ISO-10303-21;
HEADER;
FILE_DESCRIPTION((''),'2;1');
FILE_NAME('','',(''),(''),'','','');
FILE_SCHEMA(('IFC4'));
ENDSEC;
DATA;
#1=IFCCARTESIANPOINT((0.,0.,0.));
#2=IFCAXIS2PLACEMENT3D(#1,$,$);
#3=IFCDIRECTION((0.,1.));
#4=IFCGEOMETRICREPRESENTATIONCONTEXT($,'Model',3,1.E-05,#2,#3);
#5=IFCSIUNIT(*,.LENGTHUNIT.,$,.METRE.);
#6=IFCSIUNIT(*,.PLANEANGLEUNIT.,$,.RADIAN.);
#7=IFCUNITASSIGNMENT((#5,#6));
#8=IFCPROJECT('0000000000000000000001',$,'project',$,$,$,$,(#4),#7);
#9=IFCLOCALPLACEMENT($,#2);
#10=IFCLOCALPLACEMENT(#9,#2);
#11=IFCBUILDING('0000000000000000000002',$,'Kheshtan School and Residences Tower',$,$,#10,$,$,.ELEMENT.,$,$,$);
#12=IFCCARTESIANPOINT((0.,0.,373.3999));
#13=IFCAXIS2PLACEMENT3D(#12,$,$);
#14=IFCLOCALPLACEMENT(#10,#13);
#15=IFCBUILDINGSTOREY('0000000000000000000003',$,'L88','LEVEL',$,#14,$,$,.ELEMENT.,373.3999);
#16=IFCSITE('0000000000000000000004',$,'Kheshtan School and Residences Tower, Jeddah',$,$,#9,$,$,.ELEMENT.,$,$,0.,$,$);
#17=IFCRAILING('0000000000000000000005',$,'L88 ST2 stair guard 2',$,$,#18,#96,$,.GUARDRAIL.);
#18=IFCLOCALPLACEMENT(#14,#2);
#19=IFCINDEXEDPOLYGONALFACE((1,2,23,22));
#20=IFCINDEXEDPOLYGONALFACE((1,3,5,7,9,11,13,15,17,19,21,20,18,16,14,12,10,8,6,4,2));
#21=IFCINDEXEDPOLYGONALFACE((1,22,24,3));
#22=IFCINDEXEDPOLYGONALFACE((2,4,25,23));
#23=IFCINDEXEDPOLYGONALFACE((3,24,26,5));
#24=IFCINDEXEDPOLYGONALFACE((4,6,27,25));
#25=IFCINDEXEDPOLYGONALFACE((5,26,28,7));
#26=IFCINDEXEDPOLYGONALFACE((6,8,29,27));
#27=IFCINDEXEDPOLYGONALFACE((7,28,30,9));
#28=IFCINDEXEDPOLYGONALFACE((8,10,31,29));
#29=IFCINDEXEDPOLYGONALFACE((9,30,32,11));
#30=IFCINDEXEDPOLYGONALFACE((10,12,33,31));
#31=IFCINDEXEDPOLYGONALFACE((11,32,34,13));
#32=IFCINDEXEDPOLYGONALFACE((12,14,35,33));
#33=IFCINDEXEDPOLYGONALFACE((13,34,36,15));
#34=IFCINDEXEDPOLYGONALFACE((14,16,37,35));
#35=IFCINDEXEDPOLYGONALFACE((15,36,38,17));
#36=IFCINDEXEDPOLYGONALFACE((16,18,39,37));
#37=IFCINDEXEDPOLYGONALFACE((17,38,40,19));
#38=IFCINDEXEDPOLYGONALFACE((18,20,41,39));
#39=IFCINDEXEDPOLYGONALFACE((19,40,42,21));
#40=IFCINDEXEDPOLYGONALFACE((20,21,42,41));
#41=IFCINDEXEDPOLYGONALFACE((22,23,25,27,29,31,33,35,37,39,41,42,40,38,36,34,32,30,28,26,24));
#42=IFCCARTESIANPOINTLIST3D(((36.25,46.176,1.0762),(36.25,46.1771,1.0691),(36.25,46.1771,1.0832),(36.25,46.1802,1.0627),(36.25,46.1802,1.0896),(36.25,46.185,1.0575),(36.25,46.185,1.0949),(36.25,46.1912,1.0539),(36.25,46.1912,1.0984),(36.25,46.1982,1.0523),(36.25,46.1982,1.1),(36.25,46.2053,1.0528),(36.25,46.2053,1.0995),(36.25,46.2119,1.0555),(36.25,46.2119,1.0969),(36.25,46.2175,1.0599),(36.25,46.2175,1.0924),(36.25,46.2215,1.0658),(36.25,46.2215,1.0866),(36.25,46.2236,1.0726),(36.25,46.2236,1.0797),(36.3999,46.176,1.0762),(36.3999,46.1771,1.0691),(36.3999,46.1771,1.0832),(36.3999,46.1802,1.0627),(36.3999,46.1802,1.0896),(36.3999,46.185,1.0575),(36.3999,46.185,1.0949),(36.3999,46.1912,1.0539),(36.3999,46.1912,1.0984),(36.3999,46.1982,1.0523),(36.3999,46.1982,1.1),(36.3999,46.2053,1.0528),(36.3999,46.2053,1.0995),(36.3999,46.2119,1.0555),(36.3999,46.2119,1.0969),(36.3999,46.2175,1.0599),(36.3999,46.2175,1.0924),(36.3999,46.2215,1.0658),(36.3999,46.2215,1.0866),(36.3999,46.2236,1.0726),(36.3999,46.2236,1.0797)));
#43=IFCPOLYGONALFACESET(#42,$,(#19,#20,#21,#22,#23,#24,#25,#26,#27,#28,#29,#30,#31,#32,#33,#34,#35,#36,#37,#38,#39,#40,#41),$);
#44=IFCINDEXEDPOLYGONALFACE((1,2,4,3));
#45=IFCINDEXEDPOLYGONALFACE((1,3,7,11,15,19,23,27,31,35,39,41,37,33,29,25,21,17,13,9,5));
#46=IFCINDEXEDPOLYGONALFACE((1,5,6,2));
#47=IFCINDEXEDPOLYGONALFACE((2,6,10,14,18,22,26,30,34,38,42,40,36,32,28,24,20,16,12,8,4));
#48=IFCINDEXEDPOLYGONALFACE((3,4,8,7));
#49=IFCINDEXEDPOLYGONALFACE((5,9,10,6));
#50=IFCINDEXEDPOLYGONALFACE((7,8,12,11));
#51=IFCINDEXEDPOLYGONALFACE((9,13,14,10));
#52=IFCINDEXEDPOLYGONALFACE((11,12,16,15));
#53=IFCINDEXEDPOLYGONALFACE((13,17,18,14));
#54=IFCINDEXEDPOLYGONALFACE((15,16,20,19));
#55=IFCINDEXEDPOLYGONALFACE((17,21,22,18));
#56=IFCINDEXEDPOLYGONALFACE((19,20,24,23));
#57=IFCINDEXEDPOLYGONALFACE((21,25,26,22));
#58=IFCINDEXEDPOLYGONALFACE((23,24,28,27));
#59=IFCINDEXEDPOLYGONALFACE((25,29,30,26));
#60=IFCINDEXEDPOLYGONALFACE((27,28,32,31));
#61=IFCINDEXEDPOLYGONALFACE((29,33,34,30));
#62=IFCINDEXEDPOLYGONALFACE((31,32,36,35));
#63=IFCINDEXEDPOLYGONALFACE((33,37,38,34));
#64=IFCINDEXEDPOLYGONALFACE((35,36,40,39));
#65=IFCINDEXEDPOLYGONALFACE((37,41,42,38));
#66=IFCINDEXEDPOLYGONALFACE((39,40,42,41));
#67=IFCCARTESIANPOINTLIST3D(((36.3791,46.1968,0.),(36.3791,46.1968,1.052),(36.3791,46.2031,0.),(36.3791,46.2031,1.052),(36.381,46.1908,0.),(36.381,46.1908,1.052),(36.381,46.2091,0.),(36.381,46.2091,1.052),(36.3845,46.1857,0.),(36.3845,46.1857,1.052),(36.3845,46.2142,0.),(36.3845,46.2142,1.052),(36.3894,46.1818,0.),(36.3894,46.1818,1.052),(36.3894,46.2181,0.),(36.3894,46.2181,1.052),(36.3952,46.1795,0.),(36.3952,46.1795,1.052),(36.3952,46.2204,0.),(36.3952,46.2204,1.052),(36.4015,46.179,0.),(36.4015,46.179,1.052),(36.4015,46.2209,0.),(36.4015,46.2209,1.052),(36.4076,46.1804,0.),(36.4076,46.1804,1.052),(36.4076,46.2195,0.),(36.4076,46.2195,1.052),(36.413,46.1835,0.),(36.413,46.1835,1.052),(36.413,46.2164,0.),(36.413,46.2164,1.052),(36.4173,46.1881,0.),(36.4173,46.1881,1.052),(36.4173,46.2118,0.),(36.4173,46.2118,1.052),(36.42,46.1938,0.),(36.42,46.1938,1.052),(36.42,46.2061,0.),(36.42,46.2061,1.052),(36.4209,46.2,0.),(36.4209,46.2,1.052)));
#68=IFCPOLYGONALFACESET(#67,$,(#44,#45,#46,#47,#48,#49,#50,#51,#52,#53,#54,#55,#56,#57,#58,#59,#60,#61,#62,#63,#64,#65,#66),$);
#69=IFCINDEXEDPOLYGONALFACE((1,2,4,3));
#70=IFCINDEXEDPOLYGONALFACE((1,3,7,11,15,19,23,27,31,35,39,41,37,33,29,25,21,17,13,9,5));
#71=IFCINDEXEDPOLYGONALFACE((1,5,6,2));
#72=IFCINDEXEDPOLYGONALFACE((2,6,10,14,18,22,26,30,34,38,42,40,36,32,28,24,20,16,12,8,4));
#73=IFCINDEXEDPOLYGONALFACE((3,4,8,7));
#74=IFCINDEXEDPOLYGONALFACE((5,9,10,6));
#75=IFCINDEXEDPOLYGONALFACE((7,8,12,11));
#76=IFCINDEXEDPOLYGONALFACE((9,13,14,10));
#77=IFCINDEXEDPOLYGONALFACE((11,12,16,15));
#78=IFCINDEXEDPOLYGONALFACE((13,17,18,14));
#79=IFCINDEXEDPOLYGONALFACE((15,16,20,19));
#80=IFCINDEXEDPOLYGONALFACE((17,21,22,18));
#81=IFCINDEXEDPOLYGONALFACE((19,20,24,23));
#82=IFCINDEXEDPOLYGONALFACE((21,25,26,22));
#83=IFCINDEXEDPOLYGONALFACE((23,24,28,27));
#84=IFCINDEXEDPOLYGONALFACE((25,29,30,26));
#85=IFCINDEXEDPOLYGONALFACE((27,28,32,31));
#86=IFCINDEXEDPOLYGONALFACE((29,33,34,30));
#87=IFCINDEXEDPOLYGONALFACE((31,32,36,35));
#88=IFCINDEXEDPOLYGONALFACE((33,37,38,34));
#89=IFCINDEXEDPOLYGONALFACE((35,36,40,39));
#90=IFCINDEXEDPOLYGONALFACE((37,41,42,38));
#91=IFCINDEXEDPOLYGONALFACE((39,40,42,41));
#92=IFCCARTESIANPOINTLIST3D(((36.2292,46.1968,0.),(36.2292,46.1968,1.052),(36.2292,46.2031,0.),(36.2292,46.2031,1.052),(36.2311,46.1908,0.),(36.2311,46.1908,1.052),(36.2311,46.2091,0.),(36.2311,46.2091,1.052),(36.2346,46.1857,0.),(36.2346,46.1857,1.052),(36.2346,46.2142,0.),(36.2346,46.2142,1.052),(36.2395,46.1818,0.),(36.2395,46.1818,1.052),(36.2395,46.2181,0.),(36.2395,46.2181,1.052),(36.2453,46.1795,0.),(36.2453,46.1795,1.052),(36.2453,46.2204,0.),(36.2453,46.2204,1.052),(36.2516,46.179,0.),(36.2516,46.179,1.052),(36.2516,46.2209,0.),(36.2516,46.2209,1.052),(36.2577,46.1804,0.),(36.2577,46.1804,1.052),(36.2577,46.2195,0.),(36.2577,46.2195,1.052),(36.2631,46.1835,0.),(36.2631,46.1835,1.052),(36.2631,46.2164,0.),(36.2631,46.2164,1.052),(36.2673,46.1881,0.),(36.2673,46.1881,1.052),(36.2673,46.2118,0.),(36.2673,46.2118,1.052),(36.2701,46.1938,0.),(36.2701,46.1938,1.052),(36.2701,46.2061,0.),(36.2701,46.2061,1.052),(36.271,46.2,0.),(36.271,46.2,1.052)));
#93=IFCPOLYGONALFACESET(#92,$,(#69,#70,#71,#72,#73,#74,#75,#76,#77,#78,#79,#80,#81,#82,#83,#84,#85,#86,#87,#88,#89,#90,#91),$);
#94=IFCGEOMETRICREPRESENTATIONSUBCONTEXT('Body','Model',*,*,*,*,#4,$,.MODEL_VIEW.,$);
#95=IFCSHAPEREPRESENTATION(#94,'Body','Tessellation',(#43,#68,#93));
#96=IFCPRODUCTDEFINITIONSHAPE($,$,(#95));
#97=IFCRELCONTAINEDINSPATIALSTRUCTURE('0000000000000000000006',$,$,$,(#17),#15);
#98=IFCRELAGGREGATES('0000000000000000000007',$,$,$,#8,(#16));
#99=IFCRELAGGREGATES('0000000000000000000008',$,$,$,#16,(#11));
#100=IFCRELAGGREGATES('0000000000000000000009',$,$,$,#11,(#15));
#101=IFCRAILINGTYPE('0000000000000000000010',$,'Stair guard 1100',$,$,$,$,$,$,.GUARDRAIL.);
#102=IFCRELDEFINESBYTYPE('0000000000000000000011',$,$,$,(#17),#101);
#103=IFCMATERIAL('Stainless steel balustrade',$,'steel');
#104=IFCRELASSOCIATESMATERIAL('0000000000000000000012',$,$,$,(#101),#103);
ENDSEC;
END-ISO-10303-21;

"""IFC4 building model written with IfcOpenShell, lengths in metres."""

from ifc_helpers import new_model, si_unit, direction, frame, origin, origin_2d, place, context, subcontext, project, spatial, circle, extrude, material, type_object, element, save


model = new_model("IFC4")

# Units and contexts
model_context = context("Model", 3, precision=1e-05, world=origin(), true_north=direction((0.0, 1.0)))
body_context = subcontext(model_context, "Body", "Model", "MODEL_VIEW")
ifc_project = project(units=[si_unit("LENGTHUNIT", "METRE"), si_unit("PLANEANGLEUNIT", "RADIAN")], contexts=[model_context])

# Site, building, storey
site_placement = place(None, origin())
site = spatial("IfcSite", under=ifc_project, at=site_placement, Name="Kheshtan School and Residences Tower, Jeddah", CompositionType="ELEMENT", RefElevation=0.0)
building_placement = place(site_placement, origin())
building = spatial("IfcBuilding", under=site, at=building_placement, Name="Kheshtan School and Residences Tower", CompositionType="ELEMENT")
storey_placement = place(building_placement, frame((0.0, 0.0, 373.3999)))
storey = spatial("IfcBuildingStorey", under=building, at=storey_placement, Name="L88", Description="LEVEL", CompositionType="ELEMENT", Elevation=373.3999)

# Railing
ifc_material_1 = material(Name="Stainless steel balustrade", Category="steel")
railing_type_1 = type_object("IfcRailingType", Name="Stair guard 1100", PredefinedType="GUARDRAIL", material=ifc_material_1)
railing_1_placement = place(storey_placement, frame((36.3999, 46.2, 0.0)))
element("IfcRailing", 1, at=railing_1_placement, inside=storey, type_object=railing_type_1, Name="L88 ST2 stair guard 2", PredefinedType="GUARDRAIL", context=body_context, shape_type="SweptSolid", body=[
    extrude(circle(Radius=0.0239, at=origin_2d()), frame((0.0, 0.0, 1.0762), z_axis=(-1.0, 0.0, 0.0), x_axis=(0.0, -1.0, 0.0)), (0.0, 0.0, 1.0), 0.1499),
    extrude(circle(Radius=0.021, at=origin_2d()), origin(), (0.0, 0.0, 1.0), 1.052),
    extrude(circle(Radius=0.021, at=origin_2d()), frame((-0.1499, 0.0, 0.0)), (0.0, 0.0, 1.0), 1.052),
])

save(model, "model.ifc")
